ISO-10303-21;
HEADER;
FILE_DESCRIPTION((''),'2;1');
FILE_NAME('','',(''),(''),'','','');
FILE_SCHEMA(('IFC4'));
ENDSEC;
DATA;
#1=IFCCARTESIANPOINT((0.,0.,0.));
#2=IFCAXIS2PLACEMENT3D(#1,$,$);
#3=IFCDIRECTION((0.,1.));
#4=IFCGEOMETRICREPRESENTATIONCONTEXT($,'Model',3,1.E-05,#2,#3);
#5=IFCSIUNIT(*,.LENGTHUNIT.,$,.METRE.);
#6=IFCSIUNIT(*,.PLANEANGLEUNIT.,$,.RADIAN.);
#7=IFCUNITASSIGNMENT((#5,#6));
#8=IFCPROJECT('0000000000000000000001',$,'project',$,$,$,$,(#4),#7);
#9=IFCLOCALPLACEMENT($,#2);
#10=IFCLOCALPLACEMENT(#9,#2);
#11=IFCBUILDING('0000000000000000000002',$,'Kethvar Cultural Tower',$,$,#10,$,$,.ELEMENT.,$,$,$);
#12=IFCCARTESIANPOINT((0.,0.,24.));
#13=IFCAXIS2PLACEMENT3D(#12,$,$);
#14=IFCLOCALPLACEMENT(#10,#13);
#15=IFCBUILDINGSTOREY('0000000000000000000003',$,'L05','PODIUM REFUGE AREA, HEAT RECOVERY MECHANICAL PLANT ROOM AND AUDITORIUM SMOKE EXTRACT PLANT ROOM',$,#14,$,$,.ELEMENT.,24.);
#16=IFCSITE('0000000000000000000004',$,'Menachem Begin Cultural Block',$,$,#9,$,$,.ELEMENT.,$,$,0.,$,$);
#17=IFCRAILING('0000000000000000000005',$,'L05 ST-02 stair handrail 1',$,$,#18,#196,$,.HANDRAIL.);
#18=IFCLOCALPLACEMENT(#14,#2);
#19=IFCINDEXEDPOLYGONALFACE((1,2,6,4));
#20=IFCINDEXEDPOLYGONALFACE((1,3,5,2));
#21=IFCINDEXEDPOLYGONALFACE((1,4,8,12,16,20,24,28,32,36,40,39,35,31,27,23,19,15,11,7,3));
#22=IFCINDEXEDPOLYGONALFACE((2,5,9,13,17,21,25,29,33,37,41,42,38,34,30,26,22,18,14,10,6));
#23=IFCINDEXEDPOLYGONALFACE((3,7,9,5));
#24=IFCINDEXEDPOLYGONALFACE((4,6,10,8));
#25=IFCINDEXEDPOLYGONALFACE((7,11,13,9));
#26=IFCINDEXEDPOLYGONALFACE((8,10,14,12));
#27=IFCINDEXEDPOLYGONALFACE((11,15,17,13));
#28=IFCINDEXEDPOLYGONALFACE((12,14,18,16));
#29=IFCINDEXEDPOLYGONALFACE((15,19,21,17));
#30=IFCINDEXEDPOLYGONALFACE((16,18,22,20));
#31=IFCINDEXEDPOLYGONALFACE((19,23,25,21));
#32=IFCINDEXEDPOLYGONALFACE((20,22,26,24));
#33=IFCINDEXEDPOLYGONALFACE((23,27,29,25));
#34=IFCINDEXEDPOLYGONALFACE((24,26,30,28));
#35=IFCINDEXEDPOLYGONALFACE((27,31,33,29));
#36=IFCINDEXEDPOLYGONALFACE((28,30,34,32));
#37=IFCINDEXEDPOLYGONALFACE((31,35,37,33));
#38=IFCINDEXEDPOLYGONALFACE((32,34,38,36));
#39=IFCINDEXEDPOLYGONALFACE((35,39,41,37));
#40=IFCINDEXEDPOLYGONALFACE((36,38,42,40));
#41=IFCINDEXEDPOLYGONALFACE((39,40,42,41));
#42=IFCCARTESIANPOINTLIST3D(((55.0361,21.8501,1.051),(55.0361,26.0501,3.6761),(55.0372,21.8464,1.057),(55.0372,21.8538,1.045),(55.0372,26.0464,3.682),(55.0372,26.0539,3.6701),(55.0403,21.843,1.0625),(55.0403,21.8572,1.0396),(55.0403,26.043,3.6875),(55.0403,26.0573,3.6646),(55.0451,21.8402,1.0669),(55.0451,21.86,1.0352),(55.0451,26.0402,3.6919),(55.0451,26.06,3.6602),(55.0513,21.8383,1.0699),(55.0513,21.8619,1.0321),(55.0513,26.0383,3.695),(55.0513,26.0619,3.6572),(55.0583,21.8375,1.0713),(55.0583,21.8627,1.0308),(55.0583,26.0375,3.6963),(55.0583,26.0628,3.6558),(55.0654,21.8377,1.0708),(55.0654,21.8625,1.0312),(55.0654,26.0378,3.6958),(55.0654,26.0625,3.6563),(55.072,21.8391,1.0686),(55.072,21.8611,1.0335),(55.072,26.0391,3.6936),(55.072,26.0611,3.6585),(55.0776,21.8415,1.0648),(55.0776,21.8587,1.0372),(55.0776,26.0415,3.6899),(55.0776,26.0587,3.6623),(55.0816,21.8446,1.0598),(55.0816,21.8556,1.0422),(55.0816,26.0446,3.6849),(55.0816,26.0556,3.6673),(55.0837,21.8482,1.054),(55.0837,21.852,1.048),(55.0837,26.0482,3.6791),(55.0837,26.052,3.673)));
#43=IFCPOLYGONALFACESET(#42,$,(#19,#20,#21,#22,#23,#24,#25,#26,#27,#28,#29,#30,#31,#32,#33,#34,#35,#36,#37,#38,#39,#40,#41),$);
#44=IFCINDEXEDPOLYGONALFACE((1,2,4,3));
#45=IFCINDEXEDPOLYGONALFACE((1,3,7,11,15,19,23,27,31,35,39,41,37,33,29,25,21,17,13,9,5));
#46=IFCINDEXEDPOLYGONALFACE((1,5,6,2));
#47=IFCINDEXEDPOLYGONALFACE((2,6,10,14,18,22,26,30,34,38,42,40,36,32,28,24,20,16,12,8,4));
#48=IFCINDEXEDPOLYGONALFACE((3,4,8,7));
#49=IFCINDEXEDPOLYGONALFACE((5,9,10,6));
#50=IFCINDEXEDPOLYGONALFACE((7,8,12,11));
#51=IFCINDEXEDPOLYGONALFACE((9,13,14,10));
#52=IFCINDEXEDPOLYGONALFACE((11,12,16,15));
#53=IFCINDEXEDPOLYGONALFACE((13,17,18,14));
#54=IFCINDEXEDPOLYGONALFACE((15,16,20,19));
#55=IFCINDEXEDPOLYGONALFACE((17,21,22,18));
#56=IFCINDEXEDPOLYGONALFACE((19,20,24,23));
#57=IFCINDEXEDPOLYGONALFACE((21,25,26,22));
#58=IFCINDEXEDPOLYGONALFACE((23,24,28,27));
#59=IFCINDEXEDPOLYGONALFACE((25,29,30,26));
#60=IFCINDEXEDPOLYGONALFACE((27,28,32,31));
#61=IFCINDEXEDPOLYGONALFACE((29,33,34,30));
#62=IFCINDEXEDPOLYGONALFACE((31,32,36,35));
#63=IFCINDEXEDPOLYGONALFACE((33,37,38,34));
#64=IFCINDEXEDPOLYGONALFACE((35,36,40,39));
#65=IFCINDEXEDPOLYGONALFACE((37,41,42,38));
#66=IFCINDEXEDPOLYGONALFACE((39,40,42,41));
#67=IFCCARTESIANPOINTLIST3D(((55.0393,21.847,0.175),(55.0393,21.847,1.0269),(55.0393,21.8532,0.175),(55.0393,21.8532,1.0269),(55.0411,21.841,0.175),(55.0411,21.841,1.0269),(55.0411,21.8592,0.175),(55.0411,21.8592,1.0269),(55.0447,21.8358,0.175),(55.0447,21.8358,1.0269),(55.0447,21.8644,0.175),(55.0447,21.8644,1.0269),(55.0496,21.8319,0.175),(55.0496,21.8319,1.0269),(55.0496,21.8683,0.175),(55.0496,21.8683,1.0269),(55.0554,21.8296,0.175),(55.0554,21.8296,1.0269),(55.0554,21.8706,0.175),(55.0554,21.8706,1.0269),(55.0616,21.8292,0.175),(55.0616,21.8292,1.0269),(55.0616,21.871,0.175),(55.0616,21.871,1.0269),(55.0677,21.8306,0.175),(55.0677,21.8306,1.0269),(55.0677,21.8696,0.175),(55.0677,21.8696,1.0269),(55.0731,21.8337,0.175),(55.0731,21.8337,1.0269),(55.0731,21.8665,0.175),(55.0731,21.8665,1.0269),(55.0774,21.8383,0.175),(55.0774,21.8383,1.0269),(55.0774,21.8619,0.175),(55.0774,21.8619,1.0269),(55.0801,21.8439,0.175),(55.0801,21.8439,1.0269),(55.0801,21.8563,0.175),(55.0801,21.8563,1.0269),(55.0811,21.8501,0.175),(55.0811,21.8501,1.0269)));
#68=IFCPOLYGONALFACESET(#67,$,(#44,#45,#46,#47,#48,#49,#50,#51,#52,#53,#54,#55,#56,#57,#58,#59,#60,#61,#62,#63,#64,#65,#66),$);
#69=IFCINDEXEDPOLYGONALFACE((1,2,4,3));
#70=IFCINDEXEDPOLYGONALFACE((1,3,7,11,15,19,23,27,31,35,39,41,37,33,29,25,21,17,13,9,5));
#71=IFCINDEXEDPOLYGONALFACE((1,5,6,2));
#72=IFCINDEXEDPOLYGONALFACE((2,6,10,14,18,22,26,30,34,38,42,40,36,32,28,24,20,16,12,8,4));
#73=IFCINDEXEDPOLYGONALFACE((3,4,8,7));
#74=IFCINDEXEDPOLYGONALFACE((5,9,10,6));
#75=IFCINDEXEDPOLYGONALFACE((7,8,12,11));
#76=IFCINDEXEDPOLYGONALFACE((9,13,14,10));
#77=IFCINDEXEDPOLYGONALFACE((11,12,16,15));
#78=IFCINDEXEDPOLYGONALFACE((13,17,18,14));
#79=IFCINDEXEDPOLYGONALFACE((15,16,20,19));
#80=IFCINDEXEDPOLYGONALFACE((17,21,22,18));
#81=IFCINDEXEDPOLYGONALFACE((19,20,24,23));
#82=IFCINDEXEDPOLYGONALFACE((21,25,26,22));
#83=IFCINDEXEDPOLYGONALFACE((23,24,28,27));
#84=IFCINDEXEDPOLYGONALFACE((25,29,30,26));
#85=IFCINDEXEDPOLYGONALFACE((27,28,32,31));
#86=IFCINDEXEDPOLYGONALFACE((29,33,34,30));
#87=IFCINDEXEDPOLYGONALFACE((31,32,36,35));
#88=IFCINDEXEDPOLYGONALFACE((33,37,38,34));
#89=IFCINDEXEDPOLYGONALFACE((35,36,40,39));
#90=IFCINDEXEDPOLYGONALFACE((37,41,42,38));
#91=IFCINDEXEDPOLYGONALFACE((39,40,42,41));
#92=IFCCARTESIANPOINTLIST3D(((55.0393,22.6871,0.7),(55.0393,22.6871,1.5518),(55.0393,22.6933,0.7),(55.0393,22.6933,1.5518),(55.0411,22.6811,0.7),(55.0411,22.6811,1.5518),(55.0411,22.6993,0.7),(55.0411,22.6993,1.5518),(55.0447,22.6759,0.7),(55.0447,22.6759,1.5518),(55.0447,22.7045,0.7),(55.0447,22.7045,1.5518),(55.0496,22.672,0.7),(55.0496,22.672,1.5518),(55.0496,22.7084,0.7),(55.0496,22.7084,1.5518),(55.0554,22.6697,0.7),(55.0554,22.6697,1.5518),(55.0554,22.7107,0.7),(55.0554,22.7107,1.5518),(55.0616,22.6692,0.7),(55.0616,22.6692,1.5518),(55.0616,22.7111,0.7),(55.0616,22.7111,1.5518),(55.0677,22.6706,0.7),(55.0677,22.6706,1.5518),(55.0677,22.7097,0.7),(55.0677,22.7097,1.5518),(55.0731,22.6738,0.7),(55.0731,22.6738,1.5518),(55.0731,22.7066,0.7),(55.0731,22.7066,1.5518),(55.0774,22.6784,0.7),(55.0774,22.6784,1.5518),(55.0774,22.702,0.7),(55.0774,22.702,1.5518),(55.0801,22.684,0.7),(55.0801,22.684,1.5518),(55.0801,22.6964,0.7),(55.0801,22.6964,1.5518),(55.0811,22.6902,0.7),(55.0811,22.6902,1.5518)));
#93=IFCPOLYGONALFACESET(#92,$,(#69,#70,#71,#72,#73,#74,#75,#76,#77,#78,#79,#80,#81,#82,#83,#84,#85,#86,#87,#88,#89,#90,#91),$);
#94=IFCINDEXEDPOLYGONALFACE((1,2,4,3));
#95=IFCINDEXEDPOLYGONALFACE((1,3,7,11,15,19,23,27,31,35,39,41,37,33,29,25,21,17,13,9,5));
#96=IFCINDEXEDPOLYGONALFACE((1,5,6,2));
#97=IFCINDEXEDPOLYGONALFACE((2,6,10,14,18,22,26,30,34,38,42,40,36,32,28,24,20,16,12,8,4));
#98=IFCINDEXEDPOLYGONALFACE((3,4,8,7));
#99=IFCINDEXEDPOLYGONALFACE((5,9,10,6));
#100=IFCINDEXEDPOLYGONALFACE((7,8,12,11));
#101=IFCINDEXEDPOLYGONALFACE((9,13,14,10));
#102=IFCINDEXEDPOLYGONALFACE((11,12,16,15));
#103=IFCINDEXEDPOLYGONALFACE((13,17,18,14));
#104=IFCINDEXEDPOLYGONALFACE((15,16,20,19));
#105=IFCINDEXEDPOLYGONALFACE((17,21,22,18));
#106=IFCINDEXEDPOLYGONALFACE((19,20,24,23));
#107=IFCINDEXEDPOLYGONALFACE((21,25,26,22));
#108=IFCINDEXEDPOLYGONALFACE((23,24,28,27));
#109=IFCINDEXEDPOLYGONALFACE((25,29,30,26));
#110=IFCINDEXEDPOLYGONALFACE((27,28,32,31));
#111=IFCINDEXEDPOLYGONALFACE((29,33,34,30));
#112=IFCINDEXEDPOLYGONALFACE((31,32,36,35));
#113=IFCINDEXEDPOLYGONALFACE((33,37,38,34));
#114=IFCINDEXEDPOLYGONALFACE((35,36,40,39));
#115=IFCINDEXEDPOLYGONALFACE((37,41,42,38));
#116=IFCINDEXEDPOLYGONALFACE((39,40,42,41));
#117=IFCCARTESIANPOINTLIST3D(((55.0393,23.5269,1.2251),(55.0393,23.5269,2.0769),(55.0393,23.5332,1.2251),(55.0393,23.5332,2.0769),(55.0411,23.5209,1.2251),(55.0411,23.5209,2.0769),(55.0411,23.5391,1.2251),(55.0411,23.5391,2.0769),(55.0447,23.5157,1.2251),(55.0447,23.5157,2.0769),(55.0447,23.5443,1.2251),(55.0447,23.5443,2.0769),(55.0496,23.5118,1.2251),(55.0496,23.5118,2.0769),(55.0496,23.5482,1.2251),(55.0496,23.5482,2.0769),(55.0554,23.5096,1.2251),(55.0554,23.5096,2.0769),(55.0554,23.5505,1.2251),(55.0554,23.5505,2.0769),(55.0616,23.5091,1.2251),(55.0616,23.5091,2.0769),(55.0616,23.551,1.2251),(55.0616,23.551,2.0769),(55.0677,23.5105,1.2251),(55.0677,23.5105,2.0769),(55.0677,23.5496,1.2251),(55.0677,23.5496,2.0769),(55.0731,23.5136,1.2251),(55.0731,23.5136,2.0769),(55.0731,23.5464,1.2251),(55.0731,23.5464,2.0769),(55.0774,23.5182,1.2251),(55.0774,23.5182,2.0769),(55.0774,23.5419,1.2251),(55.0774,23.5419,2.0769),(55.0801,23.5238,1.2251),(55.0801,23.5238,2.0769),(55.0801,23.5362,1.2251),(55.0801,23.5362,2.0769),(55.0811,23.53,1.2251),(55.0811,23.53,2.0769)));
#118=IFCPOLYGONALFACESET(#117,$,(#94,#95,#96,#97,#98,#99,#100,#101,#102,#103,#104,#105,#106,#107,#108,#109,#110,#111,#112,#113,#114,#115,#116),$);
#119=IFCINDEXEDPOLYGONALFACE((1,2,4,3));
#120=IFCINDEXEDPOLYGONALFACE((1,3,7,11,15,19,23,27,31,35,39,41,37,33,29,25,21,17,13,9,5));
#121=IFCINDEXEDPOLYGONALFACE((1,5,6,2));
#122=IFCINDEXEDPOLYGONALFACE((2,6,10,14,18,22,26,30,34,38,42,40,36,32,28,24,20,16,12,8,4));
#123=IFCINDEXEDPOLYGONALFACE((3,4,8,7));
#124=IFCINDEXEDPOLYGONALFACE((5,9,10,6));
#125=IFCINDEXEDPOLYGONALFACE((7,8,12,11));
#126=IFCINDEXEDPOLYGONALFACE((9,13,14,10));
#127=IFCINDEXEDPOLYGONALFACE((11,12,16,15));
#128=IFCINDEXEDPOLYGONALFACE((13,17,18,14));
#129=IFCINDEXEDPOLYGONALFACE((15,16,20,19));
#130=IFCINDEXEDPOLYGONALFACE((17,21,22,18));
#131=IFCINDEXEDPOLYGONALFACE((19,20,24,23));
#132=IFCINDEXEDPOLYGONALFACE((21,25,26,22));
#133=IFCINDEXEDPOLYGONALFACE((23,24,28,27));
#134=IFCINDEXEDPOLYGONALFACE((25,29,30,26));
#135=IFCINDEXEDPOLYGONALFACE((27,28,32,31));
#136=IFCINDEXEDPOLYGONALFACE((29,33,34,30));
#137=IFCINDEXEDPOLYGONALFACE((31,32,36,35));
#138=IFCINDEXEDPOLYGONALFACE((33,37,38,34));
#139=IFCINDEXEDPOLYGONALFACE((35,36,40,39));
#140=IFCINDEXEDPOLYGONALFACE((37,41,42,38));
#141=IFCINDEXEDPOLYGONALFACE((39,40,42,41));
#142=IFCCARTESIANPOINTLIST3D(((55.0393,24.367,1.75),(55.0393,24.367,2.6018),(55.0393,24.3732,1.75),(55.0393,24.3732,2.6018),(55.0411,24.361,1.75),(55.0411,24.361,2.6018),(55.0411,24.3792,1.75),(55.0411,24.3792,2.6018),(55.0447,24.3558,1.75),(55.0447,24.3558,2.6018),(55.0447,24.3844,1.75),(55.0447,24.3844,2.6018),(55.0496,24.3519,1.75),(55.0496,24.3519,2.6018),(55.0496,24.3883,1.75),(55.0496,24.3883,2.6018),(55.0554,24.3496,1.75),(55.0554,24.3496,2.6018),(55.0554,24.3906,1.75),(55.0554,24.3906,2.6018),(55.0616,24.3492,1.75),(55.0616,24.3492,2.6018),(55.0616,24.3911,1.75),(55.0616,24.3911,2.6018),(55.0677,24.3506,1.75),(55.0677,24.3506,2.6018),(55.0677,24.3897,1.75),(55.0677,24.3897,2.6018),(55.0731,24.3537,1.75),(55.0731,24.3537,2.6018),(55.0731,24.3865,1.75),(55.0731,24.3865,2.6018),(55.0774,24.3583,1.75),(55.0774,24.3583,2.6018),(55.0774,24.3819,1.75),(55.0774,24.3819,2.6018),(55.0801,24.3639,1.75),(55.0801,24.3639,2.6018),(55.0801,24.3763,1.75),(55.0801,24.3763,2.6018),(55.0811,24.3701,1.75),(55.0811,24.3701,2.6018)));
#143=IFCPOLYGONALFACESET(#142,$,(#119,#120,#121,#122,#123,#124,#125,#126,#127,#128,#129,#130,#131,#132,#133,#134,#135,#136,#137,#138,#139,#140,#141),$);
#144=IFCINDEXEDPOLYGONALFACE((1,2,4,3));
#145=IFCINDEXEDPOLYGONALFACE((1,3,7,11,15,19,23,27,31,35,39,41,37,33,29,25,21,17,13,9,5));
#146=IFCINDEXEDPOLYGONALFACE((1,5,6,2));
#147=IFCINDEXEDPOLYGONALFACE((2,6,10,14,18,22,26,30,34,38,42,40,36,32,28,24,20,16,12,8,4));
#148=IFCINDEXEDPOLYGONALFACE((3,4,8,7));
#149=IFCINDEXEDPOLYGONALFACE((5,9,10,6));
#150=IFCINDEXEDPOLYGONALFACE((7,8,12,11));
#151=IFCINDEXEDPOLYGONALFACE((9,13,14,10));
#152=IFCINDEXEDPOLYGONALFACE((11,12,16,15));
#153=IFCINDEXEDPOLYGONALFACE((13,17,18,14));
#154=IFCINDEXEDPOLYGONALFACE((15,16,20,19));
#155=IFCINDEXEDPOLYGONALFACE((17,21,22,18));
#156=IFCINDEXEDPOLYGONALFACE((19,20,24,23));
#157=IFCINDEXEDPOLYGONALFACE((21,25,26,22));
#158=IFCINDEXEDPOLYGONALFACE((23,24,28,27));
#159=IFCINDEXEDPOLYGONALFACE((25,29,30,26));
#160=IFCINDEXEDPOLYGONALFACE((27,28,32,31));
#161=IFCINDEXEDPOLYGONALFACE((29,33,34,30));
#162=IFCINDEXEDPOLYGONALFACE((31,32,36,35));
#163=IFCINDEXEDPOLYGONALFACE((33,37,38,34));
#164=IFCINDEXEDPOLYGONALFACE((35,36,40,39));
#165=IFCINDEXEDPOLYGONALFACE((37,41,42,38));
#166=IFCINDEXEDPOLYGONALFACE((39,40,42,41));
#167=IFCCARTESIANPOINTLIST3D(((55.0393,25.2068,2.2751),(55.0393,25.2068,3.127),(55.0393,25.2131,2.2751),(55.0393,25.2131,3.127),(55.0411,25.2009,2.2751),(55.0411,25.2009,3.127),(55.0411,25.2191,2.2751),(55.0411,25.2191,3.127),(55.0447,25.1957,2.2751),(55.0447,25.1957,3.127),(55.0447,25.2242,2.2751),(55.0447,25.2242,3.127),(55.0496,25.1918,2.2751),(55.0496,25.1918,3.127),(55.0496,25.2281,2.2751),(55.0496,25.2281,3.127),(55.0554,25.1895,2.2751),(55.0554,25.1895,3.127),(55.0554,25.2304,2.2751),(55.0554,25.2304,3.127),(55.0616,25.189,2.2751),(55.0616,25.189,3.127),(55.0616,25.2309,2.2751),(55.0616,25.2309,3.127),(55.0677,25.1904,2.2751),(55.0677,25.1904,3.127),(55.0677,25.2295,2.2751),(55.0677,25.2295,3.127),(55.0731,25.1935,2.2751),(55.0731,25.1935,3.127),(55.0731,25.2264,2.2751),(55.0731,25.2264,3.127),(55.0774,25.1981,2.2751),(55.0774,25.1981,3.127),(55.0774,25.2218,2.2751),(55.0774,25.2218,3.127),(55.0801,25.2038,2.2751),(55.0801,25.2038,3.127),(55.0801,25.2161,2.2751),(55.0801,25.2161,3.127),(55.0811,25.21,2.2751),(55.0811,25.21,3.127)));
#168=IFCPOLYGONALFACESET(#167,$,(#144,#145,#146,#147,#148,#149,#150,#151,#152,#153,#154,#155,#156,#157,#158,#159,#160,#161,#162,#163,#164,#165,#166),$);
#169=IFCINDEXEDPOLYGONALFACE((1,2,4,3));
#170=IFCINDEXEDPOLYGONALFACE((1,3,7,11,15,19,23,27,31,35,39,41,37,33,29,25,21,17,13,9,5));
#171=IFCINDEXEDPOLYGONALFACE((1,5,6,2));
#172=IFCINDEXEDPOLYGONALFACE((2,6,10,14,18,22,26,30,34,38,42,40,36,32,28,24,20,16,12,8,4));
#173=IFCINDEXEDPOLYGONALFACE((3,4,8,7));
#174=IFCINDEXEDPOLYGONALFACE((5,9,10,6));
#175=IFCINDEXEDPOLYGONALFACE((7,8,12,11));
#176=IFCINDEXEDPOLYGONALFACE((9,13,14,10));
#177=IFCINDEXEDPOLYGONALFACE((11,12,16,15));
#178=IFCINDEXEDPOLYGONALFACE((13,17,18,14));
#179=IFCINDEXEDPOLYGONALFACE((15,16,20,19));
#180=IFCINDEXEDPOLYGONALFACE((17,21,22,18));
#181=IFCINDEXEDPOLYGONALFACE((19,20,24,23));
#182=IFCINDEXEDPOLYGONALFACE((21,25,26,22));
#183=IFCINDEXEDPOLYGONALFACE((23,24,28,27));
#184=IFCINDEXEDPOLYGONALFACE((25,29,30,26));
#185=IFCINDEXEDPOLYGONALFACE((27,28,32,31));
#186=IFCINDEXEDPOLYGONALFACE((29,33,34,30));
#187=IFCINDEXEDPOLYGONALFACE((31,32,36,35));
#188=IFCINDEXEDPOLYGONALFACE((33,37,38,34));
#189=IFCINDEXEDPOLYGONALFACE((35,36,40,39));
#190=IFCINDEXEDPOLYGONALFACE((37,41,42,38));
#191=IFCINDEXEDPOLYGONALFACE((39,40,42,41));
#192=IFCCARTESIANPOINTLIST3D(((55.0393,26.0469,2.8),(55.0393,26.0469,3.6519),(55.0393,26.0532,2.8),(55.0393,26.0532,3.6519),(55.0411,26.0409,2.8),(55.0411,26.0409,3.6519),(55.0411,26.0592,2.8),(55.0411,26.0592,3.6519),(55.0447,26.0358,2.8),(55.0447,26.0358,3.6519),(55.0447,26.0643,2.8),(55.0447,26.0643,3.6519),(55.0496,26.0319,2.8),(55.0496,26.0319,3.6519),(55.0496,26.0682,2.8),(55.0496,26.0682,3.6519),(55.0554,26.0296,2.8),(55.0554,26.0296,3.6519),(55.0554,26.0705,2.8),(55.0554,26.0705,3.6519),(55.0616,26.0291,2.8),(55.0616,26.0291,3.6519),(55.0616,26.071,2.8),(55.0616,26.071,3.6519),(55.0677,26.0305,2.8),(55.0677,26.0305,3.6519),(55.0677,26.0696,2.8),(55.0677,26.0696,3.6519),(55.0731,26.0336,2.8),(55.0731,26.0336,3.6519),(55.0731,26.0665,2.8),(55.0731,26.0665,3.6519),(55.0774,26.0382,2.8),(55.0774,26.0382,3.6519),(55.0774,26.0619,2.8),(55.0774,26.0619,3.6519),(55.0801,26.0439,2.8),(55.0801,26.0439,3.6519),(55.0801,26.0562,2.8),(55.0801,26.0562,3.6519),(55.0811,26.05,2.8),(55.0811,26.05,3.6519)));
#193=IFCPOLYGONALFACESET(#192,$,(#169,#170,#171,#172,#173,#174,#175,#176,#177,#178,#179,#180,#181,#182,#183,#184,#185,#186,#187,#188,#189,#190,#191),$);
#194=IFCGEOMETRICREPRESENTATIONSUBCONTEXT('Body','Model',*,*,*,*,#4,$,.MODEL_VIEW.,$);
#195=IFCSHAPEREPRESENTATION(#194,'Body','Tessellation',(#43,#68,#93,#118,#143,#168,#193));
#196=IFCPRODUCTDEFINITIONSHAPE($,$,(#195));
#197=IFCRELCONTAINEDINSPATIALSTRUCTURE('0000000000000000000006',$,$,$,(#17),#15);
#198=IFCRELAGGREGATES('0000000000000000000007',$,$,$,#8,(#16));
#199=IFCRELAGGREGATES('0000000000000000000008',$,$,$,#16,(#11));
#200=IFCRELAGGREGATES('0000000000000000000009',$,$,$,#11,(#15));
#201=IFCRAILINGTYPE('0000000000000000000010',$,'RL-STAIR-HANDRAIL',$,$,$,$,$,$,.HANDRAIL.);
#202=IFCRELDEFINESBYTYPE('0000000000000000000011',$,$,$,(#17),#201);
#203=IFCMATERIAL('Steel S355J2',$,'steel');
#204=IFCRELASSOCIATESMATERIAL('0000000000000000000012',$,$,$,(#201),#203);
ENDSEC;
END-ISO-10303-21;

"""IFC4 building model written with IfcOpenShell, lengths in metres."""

from ifc_helpers import new_model, si_unit, direction, frame, origin, origin_2d, place, context, subcontext, project, spatial, circle, extrude, material, type_object, element, save


model = new_model("IFC4")

# Units and contexts
model_context = context("Model", 3, precision=1e-05, world=origin(), true_north=direction((0.0, 1.0)))
body_context = subcontext(model_context, "Body", "Model", "MODEL_VIEW")
ifc_project = project(units=[si_unit("LENGTHUNIT", "METRE"), si_unit("PLANEANGLEUNIT", "RADIAN")], contexts=[model_context])

# Site, building, storey
site_placement = place(None, origin())
site = spatial("IfcSite", under=ifc_project, at=site_placement, Name="Menachem Begin Cultural Block", CompositionType="ELEMENT", RefElevation=0.0)
building_placement = place(site_placement, origin())
building = spatial("IfcBuilding", under=site, at=building_placement, Name="Kethvar Cultural Tower", CompositionType="ELEMENT")
storey_placement = place(building_placement, frame((0.0, 0.0, 24.0)))
storey = spatial("IfcBuildingStorey", under=building, at=storey_placement, Name="L05", Description="PODIUM REFUGE AREA, HEAT RECOVERY MECHANICAL PLANT ROOM AND AUDITORIUM SMOKE EXTRACT PLANT ROOM", CompositionType="ELEMENT", Elevation=24.0)

# Shared definitions
ifc_material_1 = material(Name="Steel S355J2", Category="steel")

# Railing
railing_type_1 = type_object("IfcRailingType", Name="RL-STAIR-HANDRAIL", PredefinedType="HANDRAIL", material=ifc_material_1)
railing_1_placement = place(storey_placement, frame((55.0601, 21.8501, 0.175)))
element("IfcRailing", 1, at=railing_1_placement, inside=storey, type_object=railing_type_1, Name="L05 ST-02 stair handrail 1", PredefinedType="HANDRAIL", context=body_context, shape_type="SweptSolid", body=[
    extrude(circle(Radius=0.0239, at=origin_2d()), frame((0.0, 0.0, 0.876), z_axis=(0.0, 0.847996, 0.530003), x_axis=(-1.0, 0.0, 0.0)), (0.0, 0.0, 1.0), 4.9529),
    extrude(circle(Radius=0.021, at=origin_2d()), origin(), (0.0, 0.0, 1.0), 0.8518),
    extrude(circle(Radius=0.021, at=origin_2d()), frame((0.0, 0.8401, 0.5249)), (0.0, 0.0, 1.0), 0.8518),
    extrude(circle(Radius=0.021, at=origin_2d()), frame((0.0, 1.6799, 1.05)), (0.0, 0.0, 1.0), 0.8518),
    extrude(circle(Radius=0.021, at=origin_2d()), frame((0.0, 2.52, 1.575)), (0.0, 0.0, 1.0), 0.8518),
    extrude(circle(Radius=0.021, at=origin_2d()), frame((0.0, 3.3599, 2.1001)), (0.0, 0.0, 1.0), 0.8518),
    extrude(circle(Radius=0.021, at=origin_2d()), frame((0.0, 4.2, 2.625)), (0.0, 0.0, 1.0), 0.8518),
])

save(model, "model.ifc")
